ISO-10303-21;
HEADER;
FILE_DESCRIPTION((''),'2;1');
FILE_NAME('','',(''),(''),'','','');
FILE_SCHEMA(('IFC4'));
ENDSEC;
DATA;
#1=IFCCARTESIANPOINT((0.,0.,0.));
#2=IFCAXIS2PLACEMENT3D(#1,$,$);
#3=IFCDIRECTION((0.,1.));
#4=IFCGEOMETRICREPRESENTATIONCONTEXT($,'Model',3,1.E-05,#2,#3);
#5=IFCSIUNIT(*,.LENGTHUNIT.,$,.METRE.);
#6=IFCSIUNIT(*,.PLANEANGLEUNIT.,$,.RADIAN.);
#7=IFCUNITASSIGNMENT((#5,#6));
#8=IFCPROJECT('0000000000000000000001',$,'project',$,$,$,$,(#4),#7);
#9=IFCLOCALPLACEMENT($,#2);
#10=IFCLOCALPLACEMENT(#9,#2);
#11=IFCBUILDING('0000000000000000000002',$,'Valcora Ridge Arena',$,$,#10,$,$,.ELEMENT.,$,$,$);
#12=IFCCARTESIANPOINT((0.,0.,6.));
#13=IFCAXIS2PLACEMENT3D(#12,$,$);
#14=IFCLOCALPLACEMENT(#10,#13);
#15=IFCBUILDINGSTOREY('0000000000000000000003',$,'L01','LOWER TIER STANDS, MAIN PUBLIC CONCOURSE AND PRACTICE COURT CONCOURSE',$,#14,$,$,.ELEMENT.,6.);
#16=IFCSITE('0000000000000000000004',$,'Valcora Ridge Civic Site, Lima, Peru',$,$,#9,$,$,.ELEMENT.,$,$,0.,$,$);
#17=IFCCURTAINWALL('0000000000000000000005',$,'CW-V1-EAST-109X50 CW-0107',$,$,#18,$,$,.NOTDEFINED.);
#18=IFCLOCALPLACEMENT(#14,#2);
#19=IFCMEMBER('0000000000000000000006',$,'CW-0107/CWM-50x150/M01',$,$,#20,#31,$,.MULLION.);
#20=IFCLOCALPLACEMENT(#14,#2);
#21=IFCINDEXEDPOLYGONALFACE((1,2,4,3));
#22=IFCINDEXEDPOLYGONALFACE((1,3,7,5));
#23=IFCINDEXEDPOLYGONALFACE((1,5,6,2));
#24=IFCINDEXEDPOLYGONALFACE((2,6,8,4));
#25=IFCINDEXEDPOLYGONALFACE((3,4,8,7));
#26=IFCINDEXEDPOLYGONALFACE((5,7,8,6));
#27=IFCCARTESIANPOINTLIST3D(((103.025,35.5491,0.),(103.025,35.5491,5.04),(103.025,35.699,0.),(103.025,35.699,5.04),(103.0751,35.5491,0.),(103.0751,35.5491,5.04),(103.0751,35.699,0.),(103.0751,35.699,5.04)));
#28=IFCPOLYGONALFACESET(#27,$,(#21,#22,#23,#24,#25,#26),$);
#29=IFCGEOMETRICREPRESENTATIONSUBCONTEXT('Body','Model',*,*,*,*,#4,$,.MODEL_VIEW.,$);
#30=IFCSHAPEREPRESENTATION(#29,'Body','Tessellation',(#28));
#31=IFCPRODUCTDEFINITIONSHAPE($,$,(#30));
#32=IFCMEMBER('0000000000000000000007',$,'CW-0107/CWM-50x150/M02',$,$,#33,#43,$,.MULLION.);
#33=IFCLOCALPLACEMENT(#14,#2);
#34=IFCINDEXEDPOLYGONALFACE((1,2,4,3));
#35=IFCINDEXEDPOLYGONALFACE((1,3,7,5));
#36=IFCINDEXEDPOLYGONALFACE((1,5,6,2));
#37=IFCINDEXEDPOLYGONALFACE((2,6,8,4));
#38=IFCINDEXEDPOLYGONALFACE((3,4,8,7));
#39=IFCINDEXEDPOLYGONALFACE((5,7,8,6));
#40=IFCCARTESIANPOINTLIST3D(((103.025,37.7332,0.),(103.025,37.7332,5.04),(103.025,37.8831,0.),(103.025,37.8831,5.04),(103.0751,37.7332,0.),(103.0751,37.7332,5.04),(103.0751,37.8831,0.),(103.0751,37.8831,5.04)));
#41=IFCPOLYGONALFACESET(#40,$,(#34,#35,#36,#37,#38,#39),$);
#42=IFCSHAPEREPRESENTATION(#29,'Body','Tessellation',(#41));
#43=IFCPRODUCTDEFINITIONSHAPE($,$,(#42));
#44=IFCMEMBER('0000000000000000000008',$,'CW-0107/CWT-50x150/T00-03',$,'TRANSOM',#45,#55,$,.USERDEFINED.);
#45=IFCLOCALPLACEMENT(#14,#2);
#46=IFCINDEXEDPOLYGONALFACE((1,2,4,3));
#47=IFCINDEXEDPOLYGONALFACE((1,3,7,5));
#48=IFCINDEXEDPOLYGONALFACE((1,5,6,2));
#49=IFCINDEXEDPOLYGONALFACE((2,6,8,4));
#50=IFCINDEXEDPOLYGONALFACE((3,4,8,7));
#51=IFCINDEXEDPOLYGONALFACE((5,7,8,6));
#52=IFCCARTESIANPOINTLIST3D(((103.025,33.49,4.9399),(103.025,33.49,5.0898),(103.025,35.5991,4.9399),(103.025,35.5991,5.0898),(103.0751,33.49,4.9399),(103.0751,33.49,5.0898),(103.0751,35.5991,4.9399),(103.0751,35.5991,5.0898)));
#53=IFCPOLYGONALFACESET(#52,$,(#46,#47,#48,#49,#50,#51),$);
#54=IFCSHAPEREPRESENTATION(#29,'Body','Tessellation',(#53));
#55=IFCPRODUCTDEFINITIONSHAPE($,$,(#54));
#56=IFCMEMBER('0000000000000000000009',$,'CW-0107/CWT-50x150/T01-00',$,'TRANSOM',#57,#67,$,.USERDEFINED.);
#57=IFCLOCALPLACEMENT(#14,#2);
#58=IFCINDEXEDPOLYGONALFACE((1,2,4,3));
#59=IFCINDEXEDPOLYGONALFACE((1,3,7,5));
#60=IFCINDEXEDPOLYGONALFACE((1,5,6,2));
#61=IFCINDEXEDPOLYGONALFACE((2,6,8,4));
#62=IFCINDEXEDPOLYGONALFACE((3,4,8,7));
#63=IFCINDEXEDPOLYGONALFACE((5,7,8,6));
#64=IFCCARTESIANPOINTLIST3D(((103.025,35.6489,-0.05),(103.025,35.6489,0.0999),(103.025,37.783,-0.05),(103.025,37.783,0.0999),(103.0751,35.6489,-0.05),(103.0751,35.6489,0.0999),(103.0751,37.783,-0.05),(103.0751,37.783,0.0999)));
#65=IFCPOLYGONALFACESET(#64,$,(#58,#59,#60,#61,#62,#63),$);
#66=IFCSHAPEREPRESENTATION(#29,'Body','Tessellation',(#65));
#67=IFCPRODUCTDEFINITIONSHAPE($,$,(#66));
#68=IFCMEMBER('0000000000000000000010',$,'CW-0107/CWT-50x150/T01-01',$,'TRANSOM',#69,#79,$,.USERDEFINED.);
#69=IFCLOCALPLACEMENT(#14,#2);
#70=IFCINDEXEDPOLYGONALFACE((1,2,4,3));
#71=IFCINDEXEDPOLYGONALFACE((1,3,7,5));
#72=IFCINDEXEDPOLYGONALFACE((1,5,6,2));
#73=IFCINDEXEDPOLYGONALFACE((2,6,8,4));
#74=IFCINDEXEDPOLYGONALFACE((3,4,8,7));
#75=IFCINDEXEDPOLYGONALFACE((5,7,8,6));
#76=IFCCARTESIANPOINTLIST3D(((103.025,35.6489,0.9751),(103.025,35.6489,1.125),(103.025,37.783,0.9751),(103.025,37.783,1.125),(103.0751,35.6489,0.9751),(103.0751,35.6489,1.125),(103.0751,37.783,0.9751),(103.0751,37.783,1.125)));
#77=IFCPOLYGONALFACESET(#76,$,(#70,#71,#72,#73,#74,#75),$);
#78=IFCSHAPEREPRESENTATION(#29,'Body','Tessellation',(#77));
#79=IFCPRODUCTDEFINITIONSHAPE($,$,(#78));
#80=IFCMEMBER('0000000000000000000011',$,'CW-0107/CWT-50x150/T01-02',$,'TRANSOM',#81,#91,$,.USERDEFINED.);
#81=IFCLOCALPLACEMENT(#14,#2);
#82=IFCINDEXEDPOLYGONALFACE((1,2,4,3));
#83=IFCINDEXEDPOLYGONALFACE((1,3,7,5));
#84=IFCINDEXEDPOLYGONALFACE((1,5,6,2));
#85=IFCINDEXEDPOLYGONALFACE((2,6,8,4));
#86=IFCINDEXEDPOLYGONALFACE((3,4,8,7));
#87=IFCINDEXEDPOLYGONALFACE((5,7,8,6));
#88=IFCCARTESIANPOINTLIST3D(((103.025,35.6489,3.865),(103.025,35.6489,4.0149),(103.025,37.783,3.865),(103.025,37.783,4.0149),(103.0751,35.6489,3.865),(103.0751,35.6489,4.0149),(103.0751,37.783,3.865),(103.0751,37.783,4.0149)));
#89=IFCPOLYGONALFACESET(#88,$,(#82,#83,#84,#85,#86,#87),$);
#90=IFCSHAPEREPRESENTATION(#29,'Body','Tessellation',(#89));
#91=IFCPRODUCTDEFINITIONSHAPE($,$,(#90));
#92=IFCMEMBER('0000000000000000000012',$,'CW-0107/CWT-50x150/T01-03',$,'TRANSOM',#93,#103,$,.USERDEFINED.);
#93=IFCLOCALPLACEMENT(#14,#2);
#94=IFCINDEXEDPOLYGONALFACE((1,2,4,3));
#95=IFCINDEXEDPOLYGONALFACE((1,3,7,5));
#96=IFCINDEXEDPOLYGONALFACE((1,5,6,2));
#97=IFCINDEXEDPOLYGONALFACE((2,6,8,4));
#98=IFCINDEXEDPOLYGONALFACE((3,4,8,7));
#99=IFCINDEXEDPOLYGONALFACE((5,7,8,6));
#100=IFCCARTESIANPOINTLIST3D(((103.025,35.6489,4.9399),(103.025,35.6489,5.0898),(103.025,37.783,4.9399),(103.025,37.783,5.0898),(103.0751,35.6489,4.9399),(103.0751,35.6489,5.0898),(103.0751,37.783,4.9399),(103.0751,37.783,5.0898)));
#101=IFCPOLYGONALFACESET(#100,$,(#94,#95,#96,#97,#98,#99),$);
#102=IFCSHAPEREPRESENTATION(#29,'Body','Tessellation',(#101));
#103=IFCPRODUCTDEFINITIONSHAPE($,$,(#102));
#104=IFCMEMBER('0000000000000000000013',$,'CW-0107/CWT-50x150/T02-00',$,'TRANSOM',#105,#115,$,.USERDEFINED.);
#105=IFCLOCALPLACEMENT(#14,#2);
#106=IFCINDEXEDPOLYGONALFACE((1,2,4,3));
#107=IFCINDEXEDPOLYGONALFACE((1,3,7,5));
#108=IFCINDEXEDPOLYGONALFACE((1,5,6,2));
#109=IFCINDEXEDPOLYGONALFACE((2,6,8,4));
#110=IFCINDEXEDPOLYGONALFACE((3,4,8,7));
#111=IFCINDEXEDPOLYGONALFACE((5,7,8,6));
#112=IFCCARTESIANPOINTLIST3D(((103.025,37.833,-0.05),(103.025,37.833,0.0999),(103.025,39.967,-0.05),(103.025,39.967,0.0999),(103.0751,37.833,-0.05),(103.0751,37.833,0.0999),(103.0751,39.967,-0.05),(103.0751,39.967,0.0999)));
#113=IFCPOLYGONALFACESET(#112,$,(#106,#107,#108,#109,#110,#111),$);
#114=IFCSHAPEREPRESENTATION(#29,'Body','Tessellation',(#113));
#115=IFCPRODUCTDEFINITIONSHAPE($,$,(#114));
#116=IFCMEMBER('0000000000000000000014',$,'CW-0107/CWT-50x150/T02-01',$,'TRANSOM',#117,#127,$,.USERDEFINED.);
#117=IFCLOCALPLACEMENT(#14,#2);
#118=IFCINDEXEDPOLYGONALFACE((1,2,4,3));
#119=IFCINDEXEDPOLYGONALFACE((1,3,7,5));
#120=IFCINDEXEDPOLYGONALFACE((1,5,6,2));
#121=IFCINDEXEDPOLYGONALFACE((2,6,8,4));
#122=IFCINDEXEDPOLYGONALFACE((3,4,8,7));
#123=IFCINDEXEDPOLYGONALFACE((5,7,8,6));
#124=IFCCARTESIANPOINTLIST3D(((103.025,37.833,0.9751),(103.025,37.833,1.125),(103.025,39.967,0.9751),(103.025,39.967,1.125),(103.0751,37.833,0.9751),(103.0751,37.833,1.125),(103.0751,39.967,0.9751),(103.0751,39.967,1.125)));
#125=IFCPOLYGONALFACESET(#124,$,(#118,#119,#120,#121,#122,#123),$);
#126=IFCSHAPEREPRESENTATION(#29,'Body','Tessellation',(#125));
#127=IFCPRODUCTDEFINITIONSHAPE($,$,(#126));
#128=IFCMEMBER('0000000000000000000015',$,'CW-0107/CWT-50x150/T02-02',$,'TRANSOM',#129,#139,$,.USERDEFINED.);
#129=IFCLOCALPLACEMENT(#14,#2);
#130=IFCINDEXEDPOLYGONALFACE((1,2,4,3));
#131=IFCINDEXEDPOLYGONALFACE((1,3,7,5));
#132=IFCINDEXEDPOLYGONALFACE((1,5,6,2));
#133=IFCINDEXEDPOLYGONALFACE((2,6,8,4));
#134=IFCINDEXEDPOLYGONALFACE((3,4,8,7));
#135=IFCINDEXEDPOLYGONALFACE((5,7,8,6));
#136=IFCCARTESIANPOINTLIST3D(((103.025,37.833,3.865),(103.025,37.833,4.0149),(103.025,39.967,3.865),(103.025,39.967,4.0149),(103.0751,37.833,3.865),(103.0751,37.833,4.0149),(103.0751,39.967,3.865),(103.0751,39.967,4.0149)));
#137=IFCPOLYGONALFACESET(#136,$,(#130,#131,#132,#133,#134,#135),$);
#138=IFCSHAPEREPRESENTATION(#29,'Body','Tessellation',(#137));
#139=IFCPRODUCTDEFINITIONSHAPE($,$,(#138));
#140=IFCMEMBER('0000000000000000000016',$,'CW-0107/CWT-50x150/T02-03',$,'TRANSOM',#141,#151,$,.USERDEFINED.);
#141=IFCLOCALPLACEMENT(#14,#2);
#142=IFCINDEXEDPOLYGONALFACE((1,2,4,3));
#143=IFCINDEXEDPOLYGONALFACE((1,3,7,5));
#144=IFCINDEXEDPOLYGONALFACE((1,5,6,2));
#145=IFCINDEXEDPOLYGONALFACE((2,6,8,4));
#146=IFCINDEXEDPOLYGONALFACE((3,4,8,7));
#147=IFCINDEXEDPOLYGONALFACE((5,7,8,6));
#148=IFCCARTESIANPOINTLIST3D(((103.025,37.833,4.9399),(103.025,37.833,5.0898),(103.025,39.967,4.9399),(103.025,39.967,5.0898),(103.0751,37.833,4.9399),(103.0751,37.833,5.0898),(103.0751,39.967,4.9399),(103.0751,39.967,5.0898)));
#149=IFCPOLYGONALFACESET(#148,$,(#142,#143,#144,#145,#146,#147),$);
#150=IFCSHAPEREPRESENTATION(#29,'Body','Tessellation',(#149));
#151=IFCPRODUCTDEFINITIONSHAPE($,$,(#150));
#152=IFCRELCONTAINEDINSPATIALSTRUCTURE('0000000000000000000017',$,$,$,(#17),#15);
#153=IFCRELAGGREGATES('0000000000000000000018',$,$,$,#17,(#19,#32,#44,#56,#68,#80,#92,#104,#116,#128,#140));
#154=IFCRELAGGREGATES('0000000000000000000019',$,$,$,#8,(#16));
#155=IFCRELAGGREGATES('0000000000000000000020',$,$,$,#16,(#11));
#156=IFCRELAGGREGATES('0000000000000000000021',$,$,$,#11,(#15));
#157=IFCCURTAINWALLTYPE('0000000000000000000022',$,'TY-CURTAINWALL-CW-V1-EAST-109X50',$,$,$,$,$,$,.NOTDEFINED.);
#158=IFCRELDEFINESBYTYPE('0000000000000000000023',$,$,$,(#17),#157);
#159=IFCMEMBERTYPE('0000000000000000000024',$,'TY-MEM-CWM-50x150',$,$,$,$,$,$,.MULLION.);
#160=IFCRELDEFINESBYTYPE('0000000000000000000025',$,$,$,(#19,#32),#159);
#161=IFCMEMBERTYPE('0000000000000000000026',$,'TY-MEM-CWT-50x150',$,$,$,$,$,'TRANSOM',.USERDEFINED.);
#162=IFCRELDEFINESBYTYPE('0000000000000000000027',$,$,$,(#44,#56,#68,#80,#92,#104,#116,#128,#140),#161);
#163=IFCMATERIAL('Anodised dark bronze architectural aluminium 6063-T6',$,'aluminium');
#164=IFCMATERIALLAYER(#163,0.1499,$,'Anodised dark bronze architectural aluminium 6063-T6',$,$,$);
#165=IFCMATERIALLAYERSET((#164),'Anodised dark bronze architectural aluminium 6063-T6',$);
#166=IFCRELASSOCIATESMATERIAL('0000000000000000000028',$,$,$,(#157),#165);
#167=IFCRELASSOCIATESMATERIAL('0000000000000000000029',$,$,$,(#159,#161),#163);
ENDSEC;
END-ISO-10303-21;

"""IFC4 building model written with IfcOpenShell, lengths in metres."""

from ifc_helpers import new_model, si_unit, direction, frame, origin, origin_2d, place, context, subcontext, project, spatial, rectangle, extrude, material, layer, layer_set, material_profile, profile_set, type_object, element, aggregate, save


model = new_model("IFC4")

# Units and contexts
model_context = context("Model", 3, precision=1e-05, world=origin(), true_north=direction((0.0, 1.0)))
body_context = subcontext(model_context, "Body", "Model", "MODEL_VIEW")
ifc_project = project(units=[si_unit("LENGTHUNIT", "METRE"), si_unit("PLANEANGLEUNIT", "RADIAN")], contexts=[model_context])

# Site, building, storey
site_placement = place(None, origin())
site = spatial("IfcSite", under=ifc_project, at=site_placement, Name="Valcora Ridge Civic Site, Lima, Peru", CompositionType="ELEMENT", RefElevation=0.0)
building_placement = place(site_placement, origin())
building = spatial("IfcBuilding", under=site, at=building_placement, Name="Valcora Ridge Arena", CompositionType="ELEMENT")
storey_placement = place(building_placement, frame((0.0, 0.0, 6.0)))
storey = spatial("IfcBuildingStorey", under=building, at=storey_placement, Name="L01", Description="LOWER TIER STANDS, MAIN PUBLIC CONCOURSE AND PRACTICE COURT CONCOURSE", CompositionType="ELEMENT", Elevation=6.0)

# Curtain wall, members
ifc_material_1 = material(Name="Anodised dark bronze architectural aluminium 6063-T6", Category="aluminium")
ifc_layer_1 = layer(ifc_material_1, 0.1499, Name="Anodised dark bronze architectural aluminium 6063-T6")
ifc_layer_set_1 = layer_set([ifc_layer_1], Name="Anodised dark bronze architectural aluminium 6063-T6")
curtain_wall_type = type_object("IfcCurtainWallType", Name="TY-CURTAINWALL-CW-V1-EAST-109X50", PredefinedType="NOTDEFINED", material=ifc_layer_set_1)
curtain_wall_placement = place(storey_placement, origin())
curtain_wall = element("IfcCurtainWall", 1, at=curtain_wall_placement, inside=storey, type_object=curtain_wall_type, Name="CW-V1-EAST-109X50 CW-0107", PredefinedType="NOTDEFINED")
ifc_material_profile_1 = material_profile(ifc_material_1, rectangle(XDim=0.05, YDim=0.1499, at=origin_2d()), Name="ALU MULLION 50x150")
ifc_profile_set_1 = profile_set([ifc_material_profile_1], Name="Anodised dark bronze architectural aluminium 6063-T6")
member_type_1 = type_object("IfcMemberType", Name="TY-MEM-CWM-50x150", PredefinedType="MULLION", material=ifc_profile_set_1)
member_1_placement = place(storey_placement, frame((103.05, 35.624, 0.0), z_axis=(0.0, 0.0, 1.0), x_axis=(-1.0, 0.0, 0.0)))
member_1 = element("IfcMember", 2, at=member_1_placement, type_object=member_type_1, Name="CW-0107/CWM-50x150/M01", PredefinedType="MULLION", context=body_context, shape_type="SweptSolid", body=[
    extrude(rectangle(XDim=0.05, YDim=0.1499, at=origin_2d()), origin(), (0.0, 0.0, 1.0), 5.04),
])
member_2_placement = place(storey_placement, frame((103.05, 37.8081, 0.0), z_axis=(0.0, 0.0, 1.0), x_axis=(-1.0, 0.0, 0.0)))
member_2 = element("IfcMember", 3, at=member_2_placement, type_object=member_type_1, Name="CW-0107/CWM-50x150/M02", PredefinedType="MULLION", context=body_context, shape_type="SweptSolid", body=[
    extrude(rectangle(XDim=0.05, YDim=0.1499, at=origin_2d()), origin(), (0.0, 0.0, 1.0), 5.04),
])
ifc_material_profile_2 = material_profile(ifc_material_1, rectangle(XDim=0.05, YDim=0.1499, at=origin_2d()), Name="ALU TRANSOM 50x150")
ifc_profile_set_2 = profile_set([ifc_material_profile_2], Name="Anodised dark bronze architectural aluminium 6063-T6")
member_type_2 = type_object("IfcMemberType", Name="TY-MEM-CWT-50x150", ElementType="TRANSOM", PredefinedType="USERDEFINED", material=ifc_profile_set_2)
member_3_placement = place(storey_placement, frame((103.05, 33.49, 5.0149), z_axis=(0.0, 1.0, 0.0), x_axis=(-1.0, 0.0, 0.0)))
member_3 = element("IfcMember", 4, at=member_3_placement, type_object=member_type_2, Name="CW-0107/CWT-50x150/T00-03", ObjectType="TRANSOM", PredefinedType="USERDEFINED", context=body_context, shape_type="SweptSolid", body=[
    extrude(rectangle(XDim=0.05, YDim=0.1499, at=origin_2d()), origin(), (0.0, 0.0, 1.0), 2.1091),
])
member_4_placement = place(storey_placement, frame((103.05, 35.6489, 0.0249), z_axis=(0.0, 1.0, 0.0), x_axis=(-1.0, 0.0, 0.0)))
member_4 = element("IfcMember", 5, at=member_4_placement, type_object=member_type_2, Name="CW-0107/CWT-50x150/T01-00", ObjectType="TRANSOM", PredefinedType="USERDEFINED", context=body_context, shape_type="SweptSolid", body=[
    extrude(rectangle(XDim=0.05, YDim=0.1499, at=origin_2d()), origin(), (0.0, 0.0, 1.0), 2.134),
])
member_5_placement = place(storey_placement, frame((103.05, 35.6489, 1.05), z_axis=(0.0, 1.0, 0.0), x_axis=(-1.0, 0.0, 0.0)))
member_5 = element("IfcMember", 6, at=member_5_placement, type_object=member_type_2, Name="CW-0107/CWT-50x150/T01-01", ObjectType="TRANSOM", PredefinedType="USERDEFINED", context=body_context, shape_type="SweptSolid", body=[
    extrude(rectangle(XDim=0.05, YDim=0.1499, at=origin_2d()), origin(), (0.0, 0.0, 1.0), 2.134),
])
member_6_placement = place(storey_placement, frame((103.05, 35.6489, 3.9399), z_axis=(0.0, 1.0, 0.0), x_axis=(-1.0, 0.0, 0.0)))
member_6 = element("IfcMember", 7, at=member_6_placement, type_object=member_type_2, Name="CW-0107/CWT-50x150/T01-02", ObjectType="TRANSOM", PredefinedType="USERDEFINED", context=body_context, shape_type="SweptSolid", body=[
    extrude(rectangle(XDim=0.05, YDim=0.1499, at=origin_2d()), origin(), (0.0, 0.0, 1.0), 2.134),
])
member_7_placement = place(storey_placement, frame((103.05, 35.6489, 5.0149), z_axis=(0.0, 1.0, 0.0), x_axis=(-1.0, 0.0, 0.0)))
member_7 = element("IfcMember", 8, at=member_7_placement, type_object=member_type_2, Name="CW-0107/CWT-50x150/T01-03", ObjectType="TRANSOM", PredefinedType="USERDEFINED", context=body_context, shape_type="SweptSolid", body=[
    extrude(rectangle(XDim=0.05, YDim=0.1499, at=origin_2d()), origin(), (0.0, 0.0, 1.0), 2.134),
])
member_8_placement = place(storey_placement, frame((103.05, 37.833, 0.0249), z_axis=(0.0, 1.0, 0.0), x_axis=(-1.0, 0.0, 0.0)))
member_8 = element("IfcMember", 9, at=member_8_placement, type_object=member_type_2, Name="CW-0107/CWT-50x150/T02-00", ObjectType="TRANSOM", PredefinedType="USERDEFINED", context=body_context, shape_type="SweptSolid", body=[
    extrude(rectangle(XDim=0.05, YDim=0.1499, at=origin_2d()), origin(), (0.0, 0.0, 1.0), 2.134),
])
member_9_placement = place(storey_placement, frame((103.05, 37.833, 1.05), z_axis=(0.0, 1.0, 0.0), x_axis=(-1.0, 0.0, 0.0)))
member_9 = element("IfcMember", 10, at=member_9_placement, type_object=member_type_2, Name="CW-0107/CWT-50x150/T02-01", ObjectType="TRANSOM", PredefinedType="USERDEFINED", context=body_context, shape_type="SweptSolid", body=[
    extrude(rectangle(XDim=0.05, YDim=0.1499, at=origin_2d()), origin(), (0.0, 0.0, 1.0), 2.134),
])
member_10_placement = place(storey_placement, frame((103.05, 37.833, 3.9399), z_axis=(0.0, 1.0, 0.0), x_axis=(-1.0, 0.0, 0.0)))
member_10 = element("IfcMember", 11, at=member_10_placement, type_object=member_type_2, Name="CW-0107/CWT-50x150/T02-02", ObjectType="TRANSOM", PredefinedType="USERDEFINED", context=body_context, shape_type="SweptSolid", body=[
    extrude(rectangle(XDim=0.05, YDim=0.1499, at=origin_2d()), origin(), (0.0, 0.0, 1.0), 2.134),
])
member_11_placement = place(storey_placement, frame((103.05, 37.833, 5.0149), z_axis=(0.0, 1.0, 0.0), x_axis=(-1.0, 0.0, 0.0)))
member_11 = element("IfcMember", 12, at=member_11_placement, type_object=member_type_2, Name="CW-0107/CWT-50x150/T02-03", ObjectType="TRANSOM", PredefinedType="USERDEFINED", context=body_context, shape_type="SweptSolid", body=[
    extrude(rectangle(XDim=0.05, YDim=0.1499, at=origin_2d()), origin(), (0.0, 0.0, 1.0), 2.134),
])

aggregate(curtain_wall, [member_1, member_2, member_3, member_4, member_5, member_6, member_7, member_8, member_9, member_10, member_11])

save(model, "model.ifc")
